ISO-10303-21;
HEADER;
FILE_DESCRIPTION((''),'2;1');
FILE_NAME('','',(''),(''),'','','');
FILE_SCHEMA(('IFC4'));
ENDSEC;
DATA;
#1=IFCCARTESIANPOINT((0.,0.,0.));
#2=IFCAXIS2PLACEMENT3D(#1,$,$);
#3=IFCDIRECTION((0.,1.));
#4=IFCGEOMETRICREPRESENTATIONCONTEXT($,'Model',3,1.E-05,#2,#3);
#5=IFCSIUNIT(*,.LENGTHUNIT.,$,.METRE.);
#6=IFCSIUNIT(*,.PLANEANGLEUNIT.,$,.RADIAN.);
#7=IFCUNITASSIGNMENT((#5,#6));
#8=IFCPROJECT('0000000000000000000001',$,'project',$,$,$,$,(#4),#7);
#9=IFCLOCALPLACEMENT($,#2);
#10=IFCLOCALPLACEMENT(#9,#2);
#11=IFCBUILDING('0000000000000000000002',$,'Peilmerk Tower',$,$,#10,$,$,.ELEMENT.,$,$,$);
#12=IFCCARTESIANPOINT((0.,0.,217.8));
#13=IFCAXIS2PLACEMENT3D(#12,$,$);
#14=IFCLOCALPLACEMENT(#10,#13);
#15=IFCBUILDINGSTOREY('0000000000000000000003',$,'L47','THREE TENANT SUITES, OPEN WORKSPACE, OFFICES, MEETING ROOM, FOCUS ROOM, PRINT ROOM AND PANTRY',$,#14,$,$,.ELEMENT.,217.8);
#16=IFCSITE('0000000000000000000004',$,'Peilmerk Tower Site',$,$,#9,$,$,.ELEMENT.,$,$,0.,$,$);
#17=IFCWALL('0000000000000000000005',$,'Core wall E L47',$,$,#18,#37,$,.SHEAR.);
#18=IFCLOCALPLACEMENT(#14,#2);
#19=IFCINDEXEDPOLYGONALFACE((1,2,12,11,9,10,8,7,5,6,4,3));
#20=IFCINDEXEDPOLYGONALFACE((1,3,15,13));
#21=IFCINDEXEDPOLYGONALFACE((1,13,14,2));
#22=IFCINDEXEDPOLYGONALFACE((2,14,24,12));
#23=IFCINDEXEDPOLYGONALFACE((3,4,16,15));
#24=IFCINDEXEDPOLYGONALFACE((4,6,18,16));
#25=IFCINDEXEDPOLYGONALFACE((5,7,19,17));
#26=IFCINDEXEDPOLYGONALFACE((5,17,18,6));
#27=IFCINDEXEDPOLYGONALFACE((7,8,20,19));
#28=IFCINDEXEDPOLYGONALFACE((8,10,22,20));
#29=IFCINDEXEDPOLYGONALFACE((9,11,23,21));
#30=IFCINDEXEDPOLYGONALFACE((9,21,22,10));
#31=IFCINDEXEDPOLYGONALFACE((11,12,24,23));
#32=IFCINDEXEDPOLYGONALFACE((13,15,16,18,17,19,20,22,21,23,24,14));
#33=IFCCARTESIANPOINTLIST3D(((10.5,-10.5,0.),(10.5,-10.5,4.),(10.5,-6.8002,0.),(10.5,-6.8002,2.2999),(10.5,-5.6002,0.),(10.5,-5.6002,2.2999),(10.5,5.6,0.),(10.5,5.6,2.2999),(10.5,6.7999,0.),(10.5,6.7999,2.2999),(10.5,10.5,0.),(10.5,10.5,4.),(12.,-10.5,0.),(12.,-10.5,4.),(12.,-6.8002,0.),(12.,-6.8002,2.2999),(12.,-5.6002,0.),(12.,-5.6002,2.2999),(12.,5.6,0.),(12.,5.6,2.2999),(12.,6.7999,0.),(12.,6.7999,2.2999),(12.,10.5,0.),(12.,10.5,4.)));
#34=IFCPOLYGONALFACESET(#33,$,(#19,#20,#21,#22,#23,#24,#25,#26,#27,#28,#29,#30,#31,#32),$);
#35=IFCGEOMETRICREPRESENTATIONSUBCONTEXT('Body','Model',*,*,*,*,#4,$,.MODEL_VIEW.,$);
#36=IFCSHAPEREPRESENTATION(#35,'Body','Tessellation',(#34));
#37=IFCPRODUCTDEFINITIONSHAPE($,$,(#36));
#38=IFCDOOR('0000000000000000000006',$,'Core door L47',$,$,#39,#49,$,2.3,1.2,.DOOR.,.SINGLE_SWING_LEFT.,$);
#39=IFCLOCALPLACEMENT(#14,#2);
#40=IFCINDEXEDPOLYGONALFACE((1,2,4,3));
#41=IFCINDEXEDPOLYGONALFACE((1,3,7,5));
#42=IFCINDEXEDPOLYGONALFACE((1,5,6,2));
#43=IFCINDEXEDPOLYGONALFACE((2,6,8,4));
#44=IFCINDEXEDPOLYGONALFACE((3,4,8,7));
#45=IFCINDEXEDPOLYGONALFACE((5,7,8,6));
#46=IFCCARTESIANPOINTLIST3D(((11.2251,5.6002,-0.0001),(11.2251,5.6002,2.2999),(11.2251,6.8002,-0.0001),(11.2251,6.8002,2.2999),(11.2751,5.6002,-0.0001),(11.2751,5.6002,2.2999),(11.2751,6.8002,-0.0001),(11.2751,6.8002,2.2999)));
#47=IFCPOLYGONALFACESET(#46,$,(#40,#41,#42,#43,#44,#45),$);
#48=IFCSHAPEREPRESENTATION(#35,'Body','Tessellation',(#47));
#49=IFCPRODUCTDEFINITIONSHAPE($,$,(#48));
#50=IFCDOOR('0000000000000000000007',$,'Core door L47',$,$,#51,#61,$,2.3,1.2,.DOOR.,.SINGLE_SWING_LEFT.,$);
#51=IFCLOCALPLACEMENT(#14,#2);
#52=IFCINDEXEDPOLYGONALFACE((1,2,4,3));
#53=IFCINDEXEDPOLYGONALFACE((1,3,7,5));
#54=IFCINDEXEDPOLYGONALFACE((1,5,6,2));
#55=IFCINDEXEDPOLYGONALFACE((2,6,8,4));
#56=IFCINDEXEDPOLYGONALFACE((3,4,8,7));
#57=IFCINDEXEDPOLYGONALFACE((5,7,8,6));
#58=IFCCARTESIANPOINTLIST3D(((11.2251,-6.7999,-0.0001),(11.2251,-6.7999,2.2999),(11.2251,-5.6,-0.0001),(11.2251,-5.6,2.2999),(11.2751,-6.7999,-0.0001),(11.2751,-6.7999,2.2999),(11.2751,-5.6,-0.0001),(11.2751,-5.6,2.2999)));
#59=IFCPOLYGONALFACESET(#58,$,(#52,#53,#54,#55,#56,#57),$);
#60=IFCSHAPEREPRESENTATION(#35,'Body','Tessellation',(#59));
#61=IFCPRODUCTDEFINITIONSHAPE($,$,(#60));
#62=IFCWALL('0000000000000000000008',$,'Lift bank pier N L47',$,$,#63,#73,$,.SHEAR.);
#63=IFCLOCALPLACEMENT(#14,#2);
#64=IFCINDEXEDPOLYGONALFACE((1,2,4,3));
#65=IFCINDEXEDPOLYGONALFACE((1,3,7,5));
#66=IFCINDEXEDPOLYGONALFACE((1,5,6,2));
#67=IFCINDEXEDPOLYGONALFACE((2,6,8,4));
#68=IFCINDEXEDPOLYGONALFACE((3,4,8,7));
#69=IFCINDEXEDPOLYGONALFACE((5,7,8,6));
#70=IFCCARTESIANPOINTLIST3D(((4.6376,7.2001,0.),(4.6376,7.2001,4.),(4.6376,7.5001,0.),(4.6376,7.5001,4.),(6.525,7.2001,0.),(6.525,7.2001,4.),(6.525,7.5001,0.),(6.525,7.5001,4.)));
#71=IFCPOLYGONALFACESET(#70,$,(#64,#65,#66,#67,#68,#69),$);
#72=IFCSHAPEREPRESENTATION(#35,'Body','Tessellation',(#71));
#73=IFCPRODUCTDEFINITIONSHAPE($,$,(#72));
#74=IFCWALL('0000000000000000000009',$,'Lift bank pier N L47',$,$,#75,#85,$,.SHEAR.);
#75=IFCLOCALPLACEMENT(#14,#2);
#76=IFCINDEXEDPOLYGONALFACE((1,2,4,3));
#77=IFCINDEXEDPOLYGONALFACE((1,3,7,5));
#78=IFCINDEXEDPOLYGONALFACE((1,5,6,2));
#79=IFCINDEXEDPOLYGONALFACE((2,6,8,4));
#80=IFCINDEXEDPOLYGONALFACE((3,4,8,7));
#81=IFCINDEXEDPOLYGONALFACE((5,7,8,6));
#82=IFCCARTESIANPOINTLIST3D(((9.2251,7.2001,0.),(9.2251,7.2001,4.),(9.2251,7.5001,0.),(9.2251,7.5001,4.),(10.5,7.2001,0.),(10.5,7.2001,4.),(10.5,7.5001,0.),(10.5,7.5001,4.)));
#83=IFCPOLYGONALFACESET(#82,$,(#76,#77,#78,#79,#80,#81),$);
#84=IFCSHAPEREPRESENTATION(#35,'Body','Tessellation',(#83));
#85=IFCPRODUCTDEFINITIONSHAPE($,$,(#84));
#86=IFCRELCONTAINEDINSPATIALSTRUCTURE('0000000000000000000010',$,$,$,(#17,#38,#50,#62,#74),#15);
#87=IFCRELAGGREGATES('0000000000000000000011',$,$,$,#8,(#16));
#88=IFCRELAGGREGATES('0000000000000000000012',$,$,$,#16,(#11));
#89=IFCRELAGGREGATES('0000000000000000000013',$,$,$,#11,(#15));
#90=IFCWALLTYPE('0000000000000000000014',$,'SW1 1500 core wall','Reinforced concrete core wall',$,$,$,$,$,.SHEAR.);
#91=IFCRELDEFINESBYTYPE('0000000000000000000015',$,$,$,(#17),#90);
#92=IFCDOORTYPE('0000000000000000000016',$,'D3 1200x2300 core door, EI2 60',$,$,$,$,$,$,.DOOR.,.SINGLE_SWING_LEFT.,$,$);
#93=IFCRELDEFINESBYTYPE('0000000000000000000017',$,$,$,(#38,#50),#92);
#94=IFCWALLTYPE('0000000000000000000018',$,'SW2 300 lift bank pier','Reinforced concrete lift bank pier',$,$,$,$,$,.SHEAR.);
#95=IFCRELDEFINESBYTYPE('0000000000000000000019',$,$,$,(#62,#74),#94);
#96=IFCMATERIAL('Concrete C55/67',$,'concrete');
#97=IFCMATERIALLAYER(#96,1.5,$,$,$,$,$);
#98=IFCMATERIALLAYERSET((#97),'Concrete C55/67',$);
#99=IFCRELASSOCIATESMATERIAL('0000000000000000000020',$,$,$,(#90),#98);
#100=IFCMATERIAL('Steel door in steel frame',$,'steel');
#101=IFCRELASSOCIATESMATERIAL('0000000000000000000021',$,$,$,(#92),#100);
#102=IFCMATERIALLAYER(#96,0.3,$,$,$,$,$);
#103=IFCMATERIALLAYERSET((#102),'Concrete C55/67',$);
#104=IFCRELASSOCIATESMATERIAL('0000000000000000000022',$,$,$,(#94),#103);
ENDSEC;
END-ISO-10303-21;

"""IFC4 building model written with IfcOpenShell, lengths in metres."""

from ifc_helpers import new_model, si_unit, direction, frame, frame_2d, origin, place, context, subcontext, project, spatial, rectangle, extrude, material, layer, layer_set, type_object, element, fill, save


model = new_model("IFC4")

# Units and contexts
model_context = context("Model", 3, precision=1e-05, world=origin(), true_north=direction((0.0, 1.0)))
body_context = subcontext(model_context, "Body", "Model", "MODEL_VIEW")
ifc_project = project(units=[si_unit("LENGTHUNIT", "METRE"), si_unit("PLANEANGLEUNIT", "RADIAN")], contexts=[model_context])

# Site, building, storey
site_placement = place(None, origin())
site = spatial("IfcSite", under=ifc_project, at=site_placement, Name="Peilmerk Tower Site", CompositionType="ELEMENT", RefElevation=0.0)
building_placement = place(site_placement, origin())
building = spatial("IfcBuilding", under=site, at=building_placement, Name="Peilmerk Tower", CompositionType="ELEMENT")
storey_placement = place(building_placement, frame((0.0, 0.0, 217.8)))
storey = spatial("IfcBuildingStorey", under=building, at=storey_placement, Name="L47", Description="THREE TENANT SUITES, OPEN WORKSPACE, OFFICES, MEETING ROOM, FOCUS ROOM, PRINT ROOM AND PANTRY", CompositionType="ELEMENT", Elevation=217.8)

# Shared definitions
ifc_material_1 = material(Name="Steel door in steel frame", Category="steel")

# Wall, openings, doors
ifc_material_2 = material(Name="Concrete C55/67", Category="concrete")
ifc_layer_1 = layer(ifc_material_2, 1.5)
ifc_layer_set_1 = layer_set([ifc_layer_1], Name="Concrete C55/67")
wall_type_1 = type_object("IfcWallType", Name="SW1 1500 core wall", Description="Reinforced concrete core wall", PredefinedType="SHEAR", material=ifc_layer_set_1)
wall_1_placement = place(storey_placement, frame((11.25, 10.5, 0.0), z_axis=(0.0, 0.0, 1.0), x_axis=(0.0, -1.0, 0.0)))
wall_1 = element("IfcWall", 1, at=wall_1_placement, inside=storey, type_object=wall_type_1, Name="Core wall E L47", PredefinedType="SHEAR", context=body_context, shape_type="SweptSolid", body=[
    extrude(rectangle(XDim=21.0, YDim=1.5, at=frame_2d((10.5, 0.0))), origin(), (0.0, 0.0, 1.0), 4.0),
])
opening_1_placement = place(wall_1_placement, frame((3.7, 0.0, 0.0)))
opening_1 = element("IfcOpeningElement", 2, at=opening_1_placement, cuts=wall_1, PredefinedType="OPENING", context=body_context, shape_type="SweptSolid", body=[
    extrude(rectangle(XDim=1.2, YDim=2.3, at=frame_2d((0.6001, 1.1499))), frame((0.0, 0.76, 0.0), z_axis=(0.0, -1.0, 0.0), x_axis=(1.0, 0.0, 0.0)), (0.0, 0.0, 1.0), 1.52),
])
opening_2_placement = place(wall_1_placement, frame((16.1001, 0.0, 0.0)))
opening_2 = element("IfcOpeningElement", 3, at=opening_2_placement, cuts=wall_1, PredefinedType="OPENING", context=body_context, shape_type="SweptSolid", body=[
    extrude(rectangle(XDim=1.2, YDim=2.3, at=frame_2d((0.6001, 1.1499))), frame((0.0, 0.76, 0.0), z_axis=(0.0, -1.0, 0.0), x_axis=(1.0, 0.0, 0.0)), (0.0, 0.0, 1.0), 1.52),
])
door_type_1 = type_object("IfcDoorType", Name="D3 1200x2300 core door, EI2 60", OperationType="SINGLE_SWING_LEFT", PredefinedType="DOOR", material=ifc_material_1)
door_1_placement = place(opening_1_placement, frame((1.2, 0.0, 0.0), z_axis=(0.0, 0.0, 1.0), x_axis=(-1.0, 0.0, 0.0)))
door_1 = element("IfcDoor", 4, at=door_1_placement, inside=storey, type_object=door_type_1, Name="Core door L47", OperationType="SINGLE_SWING_LEFT", OverallHeight=2.3, OverallWidth=1.2, PredefinedType="DOOR", context=body_context, shape_type="SweptSolid", body=[
    extrude(rectangle(XDim=1.2, YDim=2.3, at=frame_2d((0.6001, 1.1499))), frame((0.0, 0.0249, 0.0), z_axis=(0.0, -1.0, 0.0), x_axis=(1.0, 0.0, 0.0)), (0.0, 0.0, 1.0), 0.05),
])
fill(opening_1, door_1)
door_2_placement = place(opening_2_placement, frame((1.2, 0.0, 0.0), z_axis=(0.0, 0.0, 1.0), x_axis=(-1.0, 0.0, 0.0)))
door_2 = element("IfcDoor", 5, at=door_2_placement, inside=storey, type_object=door_type_1, Name="Core door L47", OperationType="SINGLE_SWING_LEFT", OverallHeight=2.3, OverallWidth=1.2, PredefinedType="DOOR", context=body_context, shape_type="SweptSolid", body=[
    extrude(rectangle(XDim=1.2, YDim=2.3, at=frame_2d((0.6001, 1.1499))), frame((0.0, 0.0249, 0.0), z_axis=(0.0, -1.0, 0.0), x_axis=(1.0, 0.0, 0.0)), (0.0, 0.0, 1.0), 0.05),
])
fill(opening_2, door_2)

# Walls
ifc_layer_2 = layer(ifc_material_2, 0.3)
ifc_layer_set_2 = layer_set([ifc_layer_2], Name="Concrete C55/67")
wall_type_2 = type_object("IfcWallType", Name="SW2 300 lift bank pier", Description="Reinforced concrete lift bank pier", PredefinedType="SHEAR", material=ifc_layer_set_2)
wall_2_placement = place(storey_placement, frame((4.6375, 7.3501, 0.0), z_axis=(0.0, 0.0, 1.0), x_axis=(1.0, 0.0, 0.0)))
element("IfcWall", 6, at=wall_2_placement, inside=storey, type_object=wall_type_2, Name="Lift bank pier N L47", PredefinedType="SHEAR", context=body_context, shape_type="SweptSolid", body=[
    extrude(rectangle(XDim=1.8875, YDim=0.3, at=frame_2d((0.9438, 0.0))), origin(), (0.0, 0.0, 1.0), 4.0),
])
wall_3_placement = place(storey_placement, frame((9.2251, 7.3501, 0.0), z_axis=(0.0, 0.0, 1.0), x_axis=(1.0, 0.0, 0.0)))
element("IfcWall", 7, at=wall_3_placement, inside=storey, type_object=wall_type_2, Name="Lift bank pier N L47", PredefinedType="SHEAR", context=body_context, shape_type="SweptSolid", body=[
    extrude(rectangle(XDim=1.2749, YDim=0.3, at=frame_2d((0.6375, 0.0))), origin(), (0.0, 0.0, 1.0), 4.0),
])

save(model, "model.ifc")
